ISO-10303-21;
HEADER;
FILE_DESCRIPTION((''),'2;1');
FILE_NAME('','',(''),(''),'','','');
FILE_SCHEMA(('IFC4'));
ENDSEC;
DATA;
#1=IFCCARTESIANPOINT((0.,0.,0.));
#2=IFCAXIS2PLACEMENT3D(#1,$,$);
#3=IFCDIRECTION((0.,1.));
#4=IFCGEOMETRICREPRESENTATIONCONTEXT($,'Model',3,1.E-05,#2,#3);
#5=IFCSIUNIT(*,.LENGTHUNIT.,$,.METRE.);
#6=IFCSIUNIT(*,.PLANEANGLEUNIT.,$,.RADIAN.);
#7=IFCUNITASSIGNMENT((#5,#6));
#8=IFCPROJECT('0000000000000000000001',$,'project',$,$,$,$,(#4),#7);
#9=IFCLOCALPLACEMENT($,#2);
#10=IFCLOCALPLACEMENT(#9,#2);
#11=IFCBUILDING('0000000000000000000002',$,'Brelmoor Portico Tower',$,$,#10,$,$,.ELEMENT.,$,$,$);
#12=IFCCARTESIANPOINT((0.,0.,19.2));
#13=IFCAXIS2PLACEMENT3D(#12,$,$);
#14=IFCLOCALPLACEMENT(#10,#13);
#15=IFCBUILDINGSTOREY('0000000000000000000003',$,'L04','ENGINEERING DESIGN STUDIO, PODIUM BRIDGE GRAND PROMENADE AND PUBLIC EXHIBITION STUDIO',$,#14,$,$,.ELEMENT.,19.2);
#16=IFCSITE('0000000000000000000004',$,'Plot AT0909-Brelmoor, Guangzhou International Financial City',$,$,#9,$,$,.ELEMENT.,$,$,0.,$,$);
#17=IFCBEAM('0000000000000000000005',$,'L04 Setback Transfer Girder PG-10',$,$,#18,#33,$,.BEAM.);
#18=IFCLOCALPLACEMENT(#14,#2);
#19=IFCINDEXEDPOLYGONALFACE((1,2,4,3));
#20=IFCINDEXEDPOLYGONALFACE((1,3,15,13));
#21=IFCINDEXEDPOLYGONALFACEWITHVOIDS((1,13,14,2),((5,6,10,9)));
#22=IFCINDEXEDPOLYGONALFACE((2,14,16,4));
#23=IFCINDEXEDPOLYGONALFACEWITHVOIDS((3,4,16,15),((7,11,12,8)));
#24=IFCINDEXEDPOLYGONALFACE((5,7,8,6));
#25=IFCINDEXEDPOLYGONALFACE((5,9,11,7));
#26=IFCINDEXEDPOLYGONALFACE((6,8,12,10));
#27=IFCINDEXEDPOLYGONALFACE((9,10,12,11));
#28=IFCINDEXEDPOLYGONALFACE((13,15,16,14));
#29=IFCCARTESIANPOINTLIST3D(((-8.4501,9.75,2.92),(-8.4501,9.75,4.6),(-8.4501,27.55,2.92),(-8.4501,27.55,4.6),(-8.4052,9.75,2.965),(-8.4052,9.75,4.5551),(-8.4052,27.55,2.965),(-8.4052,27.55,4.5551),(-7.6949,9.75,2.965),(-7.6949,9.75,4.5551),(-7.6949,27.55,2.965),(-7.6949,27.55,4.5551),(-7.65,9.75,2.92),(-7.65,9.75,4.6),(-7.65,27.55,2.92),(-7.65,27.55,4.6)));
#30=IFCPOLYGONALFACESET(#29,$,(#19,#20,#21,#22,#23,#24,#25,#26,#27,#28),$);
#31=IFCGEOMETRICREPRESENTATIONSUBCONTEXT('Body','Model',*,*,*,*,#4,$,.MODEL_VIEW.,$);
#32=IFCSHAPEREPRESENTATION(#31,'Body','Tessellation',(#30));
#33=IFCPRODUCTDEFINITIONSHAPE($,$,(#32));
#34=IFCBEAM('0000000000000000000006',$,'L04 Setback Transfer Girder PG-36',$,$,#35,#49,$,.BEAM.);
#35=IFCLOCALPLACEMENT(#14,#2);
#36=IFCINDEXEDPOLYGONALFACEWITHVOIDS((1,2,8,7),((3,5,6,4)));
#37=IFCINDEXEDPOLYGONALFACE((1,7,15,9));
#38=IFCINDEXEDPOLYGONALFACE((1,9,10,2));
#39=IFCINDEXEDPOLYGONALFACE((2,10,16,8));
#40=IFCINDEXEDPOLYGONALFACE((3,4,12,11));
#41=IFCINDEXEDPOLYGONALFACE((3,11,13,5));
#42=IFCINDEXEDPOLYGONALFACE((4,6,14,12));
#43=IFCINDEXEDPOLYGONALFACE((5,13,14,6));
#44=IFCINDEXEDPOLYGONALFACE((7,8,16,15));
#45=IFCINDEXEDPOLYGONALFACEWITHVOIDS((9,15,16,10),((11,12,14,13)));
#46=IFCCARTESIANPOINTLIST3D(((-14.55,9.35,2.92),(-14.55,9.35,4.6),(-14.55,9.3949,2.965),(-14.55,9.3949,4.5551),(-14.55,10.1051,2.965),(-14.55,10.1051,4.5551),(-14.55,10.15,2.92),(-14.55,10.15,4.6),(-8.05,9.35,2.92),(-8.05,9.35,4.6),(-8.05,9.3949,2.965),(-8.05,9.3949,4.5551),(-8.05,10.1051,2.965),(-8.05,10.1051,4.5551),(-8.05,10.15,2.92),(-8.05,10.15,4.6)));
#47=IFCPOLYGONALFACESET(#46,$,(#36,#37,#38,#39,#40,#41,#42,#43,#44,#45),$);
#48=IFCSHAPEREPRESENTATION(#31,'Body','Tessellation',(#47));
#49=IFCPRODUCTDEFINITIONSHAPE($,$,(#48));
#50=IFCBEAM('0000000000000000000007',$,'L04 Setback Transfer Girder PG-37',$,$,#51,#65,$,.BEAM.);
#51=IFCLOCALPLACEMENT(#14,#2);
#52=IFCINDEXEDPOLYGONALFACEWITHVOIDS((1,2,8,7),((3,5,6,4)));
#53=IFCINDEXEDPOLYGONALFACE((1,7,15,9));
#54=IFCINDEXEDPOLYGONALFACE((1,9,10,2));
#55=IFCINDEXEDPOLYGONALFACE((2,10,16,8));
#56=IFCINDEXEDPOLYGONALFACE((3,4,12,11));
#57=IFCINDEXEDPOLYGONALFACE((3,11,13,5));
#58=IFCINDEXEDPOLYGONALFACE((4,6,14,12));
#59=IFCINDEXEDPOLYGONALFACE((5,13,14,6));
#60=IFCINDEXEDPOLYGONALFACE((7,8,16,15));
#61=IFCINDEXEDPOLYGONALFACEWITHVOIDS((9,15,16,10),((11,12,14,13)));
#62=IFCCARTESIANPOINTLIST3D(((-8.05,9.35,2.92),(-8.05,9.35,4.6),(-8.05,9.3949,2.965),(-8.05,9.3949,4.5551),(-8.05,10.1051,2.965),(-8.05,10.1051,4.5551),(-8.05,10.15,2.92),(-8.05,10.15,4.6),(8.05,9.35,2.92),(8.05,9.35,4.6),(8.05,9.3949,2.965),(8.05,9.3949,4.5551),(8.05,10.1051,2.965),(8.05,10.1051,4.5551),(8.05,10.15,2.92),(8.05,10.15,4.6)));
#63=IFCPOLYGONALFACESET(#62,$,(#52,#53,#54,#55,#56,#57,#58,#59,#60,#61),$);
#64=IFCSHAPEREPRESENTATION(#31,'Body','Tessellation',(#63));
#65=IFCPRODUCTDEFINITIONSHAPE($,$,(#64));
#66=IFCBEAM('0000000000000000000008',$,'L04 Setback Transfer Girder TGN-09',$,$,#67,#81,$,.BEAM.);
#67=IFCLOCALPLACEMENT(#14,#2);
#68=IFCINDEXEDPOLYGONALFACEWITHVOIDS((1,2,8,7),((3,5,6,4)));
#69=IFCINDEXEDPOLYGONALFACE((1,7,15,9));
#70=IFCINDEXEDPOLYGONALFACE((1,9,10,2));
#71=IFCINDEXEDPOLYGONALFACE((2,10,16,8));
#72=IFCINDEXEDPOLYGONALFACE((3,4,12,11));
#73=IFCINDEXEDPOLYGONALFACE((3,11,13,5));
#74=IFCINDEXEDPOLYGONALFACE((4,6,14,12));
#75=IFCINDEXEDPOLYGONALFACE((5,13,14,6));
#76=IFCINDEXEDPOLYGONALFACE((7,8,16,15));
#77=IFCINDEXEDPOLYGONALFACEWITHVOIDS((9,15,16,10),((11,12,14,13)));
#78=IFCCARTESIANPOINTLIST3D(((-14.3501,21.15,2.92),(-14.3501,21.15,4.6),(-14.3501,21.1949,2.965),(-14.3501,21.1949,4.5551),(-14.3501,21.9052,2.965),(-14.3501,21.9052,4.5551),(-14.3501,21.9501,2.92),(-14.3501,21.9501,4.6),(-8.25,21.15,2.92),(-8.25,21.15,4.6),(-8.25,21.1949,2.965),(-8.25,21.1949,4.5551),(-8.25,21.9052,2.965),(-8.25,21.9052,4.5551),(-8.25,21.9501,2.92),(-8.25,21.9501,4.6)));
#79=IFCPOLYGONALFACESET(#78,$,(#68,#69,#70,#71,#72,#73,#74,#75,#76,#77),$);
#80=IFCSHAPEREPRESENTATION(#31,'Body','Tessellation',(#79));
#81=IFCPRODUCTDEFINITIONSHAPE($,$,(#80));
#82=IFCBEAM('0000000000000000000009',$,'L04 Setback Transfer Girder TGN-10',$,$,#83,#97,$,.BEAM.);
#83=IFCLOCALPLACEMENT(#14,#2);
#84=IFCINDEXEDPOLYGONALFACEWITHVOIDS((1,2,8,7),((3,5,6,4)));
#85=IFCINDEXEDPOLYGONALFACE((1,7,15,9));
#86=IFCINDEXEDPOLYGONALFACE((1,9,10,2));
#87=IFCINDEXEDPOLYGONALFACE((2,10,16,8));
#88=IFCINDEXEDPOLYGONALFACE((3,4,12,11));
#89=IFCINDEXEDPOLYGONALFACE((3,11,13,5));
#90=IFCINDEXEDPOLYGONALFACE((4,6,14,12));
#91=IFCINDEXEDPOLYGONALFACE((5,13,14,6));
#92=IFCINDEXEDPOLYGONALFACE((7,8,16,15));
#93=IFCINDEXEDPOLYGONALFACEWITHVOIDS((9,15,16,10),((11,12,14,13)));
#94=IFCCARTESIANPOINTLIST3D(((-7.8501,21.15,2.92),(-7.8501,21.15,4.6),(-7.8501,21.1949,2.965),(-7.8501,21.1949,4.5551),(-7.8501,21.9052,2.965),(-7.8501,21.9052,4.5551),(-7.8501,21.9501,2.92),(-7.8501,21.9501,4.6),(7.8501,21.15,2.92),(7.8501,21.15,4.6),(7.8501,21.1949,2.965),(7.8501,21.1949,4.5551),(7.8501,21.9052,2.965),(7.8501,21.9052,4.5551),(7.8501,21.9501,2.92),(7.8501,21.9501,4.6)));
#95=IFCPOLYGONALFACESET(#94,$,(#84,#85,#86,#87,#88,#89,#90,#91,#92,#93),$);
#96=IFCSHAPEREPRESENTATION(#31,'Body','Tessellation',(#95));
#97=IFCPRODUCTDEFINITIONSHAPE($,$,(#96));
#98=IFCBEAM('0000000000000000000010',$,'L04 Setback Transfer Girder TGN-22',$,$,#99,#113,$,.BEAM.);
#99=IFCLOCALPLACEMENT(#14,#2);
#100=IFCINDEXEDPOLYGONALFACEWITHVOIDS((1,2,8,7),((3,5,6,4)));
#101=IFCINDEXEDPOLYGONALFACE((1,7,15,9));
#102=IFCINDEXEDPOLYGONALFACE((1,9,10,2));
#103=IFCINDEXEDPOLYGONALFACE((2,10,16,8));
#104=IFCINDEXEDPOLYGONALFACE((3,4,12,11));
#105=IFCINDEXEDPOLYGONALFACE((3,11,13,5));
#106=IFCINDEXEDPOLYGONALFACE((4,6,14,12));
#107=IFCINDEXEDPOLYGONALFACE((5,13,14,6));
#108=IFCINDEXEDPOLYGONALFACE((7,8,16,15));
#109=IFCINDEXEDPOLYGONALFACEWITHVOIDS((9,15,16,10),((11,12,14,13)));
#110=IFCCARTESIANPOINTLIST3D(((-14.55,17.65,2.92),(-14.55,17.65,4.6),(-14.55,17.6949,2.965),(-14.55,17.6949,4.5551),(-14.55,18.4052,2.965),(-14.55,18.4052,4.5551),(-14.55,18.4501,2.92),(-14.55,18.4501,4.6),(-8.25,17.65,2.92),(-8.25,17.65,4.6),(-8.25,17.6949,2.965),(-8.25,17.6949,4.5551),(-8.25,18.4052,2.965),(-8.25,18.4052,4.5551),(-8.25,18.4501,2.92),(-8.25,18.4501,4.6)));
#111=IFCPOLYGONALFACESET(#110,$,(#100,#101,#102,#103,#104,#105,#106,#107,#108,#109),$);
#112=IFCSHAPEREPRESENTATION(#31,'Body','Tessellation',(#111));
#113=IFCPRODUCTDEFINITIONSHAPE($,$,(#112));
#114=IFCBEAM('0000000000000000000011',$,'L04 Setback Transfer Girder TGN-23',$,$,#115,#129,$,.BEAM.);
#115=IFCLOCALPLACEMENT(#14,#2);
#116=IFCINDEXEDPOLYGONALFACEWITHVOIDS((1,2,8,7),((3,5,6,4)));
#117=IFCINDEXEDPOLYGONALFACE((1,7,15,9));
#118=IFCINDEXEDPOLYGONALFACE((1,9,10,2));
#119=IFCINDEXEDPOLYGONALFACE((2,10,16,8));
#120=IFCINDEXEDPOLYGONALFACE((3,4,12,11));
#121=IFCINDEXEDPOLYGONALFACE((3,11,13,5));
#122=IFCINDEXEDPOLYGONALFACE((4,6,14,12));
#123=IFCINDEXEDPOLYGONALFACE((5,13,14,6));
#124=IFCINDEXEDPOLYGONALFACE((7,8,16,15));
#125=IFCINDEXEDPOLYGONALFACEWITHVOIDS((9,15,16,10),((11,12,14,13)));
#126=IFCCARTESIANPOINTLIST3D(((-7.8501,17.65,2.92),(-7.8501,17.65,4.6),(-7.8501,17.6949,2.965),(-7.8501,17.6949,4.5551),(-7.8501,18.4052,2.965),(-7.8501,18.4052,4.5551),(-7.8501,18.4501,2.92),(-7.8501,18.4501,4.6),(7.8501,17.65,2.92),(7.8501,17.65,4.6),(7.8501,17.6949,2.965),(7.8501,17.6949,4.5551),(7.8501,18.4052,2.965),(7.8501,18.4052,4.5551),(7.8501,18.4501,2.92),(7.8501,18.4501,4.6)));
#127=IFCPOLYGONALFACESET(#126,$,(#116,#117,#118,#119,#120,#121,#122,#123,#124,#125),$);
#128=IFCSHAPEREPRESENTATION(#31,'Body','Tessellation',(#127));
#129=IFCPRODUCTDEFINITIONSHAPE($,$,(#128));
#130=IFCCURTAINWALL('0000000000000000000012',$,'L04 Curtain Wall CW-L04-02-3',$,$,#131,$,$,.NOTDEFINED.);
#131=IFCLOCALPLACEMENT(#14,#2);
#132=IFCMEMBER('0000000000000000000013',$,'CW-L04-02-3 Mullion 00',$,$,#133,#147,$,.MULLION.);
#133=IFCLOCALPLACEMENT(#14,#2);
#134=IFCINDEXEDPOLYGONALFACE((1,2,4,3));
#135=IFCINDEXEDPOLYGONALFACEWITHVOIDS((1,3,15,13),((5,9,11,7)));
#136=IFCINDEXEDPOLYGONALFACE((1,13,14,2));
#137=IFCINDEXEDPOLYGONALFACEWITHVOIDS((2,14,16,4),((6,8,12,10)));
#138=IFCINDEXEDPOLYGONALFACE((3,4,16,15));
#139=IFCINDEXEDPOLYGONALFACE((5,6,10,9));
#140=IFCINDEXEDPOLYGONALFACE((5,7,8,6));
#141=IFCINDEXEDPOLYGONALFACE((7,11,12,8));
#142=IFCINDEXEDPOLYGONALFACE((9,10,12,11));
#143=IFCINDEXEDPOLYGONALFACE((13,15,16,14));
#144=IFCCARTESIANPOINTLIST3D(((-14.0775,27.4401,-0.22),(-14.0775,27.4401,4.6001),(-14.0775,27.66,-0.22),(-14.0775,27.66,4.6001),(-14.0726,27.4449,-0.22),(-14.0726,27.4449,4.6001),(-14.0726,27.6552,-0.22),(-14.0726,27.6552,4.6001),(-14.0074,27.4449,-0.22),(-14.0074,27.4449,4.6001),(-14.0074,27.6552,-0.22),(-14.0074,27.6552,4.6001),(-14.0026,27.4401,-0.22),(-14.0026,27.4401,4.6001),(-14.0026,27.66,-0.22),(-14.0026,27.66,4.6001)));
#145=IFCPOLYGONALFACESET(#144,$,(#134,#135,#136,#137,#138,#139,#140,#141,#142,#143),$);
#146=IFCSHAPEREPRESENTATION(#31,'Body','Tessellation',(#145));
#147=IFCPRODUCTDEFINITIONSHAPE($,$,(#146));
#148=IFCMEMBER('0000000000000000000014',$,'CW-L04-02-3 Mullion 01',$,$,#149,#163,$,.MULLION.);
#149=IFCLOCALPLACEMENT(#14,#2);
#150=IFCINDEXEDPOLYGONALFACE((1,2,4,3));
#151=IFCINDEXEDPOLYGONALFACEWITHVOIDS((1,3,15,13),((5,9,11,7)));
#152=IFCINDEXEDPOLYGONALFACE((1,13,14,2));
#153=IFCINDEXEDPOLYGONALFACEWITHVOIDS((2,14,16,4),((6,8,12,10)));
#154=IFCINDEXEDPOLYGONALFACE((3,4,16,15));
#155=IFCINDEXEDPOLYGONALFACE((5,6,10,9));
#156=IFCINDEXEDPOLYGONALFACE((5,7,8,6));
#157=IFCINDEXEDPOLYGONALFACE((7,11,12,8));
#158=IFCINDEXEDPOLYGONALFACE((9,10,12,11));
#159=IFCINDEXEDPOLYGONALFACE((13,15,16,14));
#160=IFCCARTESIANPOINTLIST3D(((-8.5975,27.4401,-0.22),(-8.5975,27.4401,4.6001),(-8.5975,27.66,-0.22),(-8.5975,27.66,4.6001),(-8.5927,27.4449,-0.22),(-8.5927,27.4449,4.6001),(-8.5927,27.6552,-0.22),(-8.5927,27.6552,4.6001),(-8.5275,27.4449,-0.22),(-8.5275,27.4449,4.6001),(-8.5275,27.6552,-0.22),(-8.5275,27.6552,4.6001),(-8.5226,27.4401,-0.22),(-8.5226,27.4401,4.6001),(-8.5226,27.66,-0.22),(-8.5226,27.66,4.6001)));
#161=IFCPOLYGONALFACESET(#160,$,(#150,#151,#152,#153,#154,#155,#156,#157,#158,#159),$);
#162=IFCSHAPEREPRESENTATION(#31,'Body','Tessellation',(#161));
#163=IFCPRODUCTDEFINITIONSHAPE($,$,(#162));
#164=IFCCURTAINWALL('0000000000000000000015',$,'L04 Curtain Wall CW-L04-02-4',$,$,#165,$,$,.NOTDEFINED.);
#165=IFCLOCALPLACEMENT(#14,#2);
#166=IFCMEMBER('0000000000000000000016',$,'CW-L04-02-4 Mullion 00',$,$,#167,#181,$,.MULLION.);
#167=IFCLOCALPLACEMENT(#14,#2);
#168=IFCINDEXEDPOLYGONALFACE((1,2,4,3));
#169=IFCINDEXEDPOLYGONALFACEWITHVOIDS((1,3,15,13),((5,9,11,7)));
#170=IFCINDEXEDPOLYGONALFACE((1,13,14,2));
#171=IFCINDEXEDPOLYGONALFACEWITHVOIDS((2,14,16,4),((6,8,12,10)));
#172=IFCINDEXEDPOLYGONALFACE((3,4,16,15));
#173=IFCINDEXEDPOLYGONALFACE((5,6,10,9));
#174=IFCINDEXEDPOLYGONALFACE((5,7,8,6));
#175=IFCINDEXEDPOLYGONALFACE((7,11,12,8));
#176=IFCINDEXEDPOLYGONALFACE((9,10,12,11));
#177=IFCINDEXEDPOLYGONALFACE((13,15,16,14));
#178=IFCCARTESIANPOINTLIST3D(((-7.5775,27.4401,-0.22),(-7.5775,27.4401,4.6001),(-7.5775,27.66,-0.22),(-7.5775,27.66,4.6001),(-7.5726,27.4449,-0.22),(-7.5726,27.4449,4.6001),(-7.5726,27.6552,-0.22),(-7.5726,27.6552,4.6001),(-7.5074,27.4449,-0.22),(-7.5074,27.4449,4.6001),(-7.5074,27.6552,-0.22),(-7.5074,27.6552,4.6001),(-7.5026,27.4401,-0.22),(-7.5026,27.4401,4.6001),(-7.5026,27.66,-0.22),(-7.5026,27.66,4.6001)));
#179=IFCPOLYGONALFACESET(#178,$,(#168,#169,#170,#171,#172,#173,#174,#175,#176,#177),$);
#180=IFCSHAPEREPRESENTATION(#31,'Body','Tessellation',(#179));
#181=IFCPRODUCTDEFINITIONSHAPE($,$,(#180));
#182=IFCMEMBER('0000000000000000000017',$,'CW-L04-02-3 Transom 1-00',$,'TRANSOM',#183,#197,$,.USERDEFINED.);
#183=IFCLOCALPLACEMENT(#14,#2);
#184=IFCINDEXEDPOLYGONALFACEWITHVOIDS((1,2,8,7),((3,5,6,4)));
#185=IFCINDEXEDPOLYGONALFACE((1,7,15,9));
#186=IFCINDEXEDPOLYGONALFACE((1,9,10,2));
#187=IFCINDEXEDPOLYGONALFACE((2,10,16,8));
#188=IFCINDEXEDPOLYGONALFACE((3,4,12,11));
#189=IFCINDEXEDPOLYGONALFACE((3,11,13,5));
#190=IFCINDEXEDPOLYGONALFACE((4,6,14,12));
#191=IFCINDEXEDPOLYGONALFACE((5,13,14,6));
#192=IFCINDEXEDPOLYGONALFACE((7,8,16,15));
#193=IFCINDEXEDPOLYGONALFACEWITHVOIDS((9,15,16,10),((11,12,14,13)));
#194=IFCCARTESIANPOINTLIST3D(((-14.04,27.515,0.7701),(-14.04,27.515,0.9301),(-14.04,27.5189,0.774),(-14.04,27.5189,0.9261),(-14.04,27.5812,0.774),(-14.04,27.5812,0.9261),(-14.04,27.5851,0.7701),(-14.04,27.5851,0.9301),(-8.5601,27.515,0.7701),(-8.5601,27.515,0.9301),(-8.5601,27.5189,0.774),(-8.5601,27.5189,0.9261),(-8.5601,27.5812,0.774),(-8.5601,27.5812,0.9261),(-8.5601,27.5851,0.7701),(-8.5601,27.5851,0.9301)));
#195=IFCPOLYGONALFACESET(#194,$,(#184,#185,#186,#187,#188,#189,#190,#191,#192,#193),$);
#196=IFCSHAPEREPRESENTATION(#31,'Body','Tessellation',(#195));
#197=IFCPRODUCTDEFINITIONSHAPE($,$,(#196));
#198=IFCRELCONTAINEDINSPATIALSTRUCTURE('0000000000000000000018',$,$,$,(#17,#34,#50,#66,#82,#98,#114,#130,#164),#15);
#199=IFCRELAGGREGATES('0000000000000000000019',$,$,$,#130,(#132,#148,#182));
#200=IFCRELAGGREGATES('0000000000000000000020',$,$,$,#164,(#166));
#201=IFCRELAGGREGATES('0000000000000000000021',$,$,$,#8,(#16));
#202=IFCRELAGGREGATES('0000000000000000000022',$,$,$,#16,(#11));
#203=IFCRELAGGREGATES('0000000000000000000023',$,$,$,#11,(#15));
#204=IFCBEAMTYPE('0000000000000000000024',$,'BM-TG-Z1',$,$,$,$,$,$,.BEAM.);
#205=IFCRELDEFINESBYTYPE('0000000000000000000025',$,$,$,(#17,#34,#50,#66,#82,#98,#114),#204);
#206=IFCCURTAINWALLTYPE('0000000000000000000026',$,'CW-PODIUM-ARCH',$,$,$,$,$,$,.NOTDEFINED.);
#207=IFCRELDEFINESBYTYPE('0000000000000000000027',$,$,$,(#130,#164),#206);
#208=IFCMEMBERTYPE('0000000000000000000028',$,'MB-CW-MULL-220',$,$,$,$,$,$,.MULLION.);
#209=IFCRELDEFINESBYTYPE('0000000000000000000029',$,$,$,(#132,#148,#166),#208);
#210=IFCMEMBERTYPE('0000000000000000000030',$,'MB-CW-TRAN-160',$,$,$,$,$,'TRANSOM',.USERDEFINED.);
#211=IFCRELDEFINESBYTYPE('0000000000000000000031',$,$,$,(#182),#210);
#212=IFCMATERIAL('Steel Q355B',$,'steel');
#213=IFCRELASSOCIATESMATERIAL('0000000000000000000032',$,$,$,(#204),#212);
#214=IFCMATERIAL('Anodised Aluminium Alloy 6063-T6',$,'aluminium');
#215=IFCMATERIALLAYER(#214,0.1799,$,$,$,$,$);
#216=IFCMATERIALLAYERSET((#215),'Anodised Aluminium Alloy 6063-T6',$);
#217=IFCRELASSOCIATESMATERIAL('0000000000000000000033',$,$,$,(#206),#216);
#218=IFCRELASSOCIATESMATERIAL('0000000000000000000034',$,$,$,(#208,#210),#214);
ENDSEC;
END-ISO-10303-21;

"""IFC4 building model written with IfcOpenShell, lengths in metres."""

from ifc_helpers import new_model, si_unit, direction, frame, origin, origin_2d, place, context, subcontext, project, spatial, hollow_rectangle, extrude, material, layer, layer_set, material_profile, profile_set, type_object, element, aggregate, save


model = new_model("IFC4")

# Units and contexts
model_context = context("Model", 3, precision=1e-05, world=origin(), true_north=direction((0.0, 1.0)))
body_context = subcontext(model_context, "Body", "Model", "MODEL_VIEW")
ifc_project = project(units=[si_unit("LENGTHUNIT", "METRE"), si_unit("PLANEANGLEUNIT", "RADIAN")], contexts=[model_context])

# Site, building, storey
site_placement = place(None, origin())
site = spatial("IfcSite", under=ifc_project, at=site_placement, Name="Plot AT0909-Brelmoor, Guangzhou International Financial City", CompositionType="ELEMENT", RefElevation=0.0)
building_placement = place(site_placement, origin())
building = spatial("IfcBuilding", under=site, at=building_placement, Name="Brelmoor Portico Tower", CompositionType="ELEMENT")
storey_placement = place(building_placement, frame((0.0, 0.0, 19.2)))
storey = spatial("IfcBuildingStorey", under=building, at=storey_placement, Name="L04", Description="ENGINEERING DESIGN STUDIO, PODIUM BRIDGE GRAND PROMENADE AND PUBLIC EXHIBITION STUDIO", CompositionType="ELEMENT", Elevation=19.2)

# Shared definitions
ifc_material_1 = material(Name="Steel Q355B", Category="steel")

# Beams
ifc_material_profile_1 = material_profile(ifc_material_1, hollow_rectangle(XDim=0.8, YDim=1.6799, WallThickness=0.0449, at=origin_2d()), Name="BOX 800x1680x45")
ifc_profile_set_1 = profile_set([ifc_material_profile_1], Name="Steel Q355B")
beam_type_1 = type_object("IfcBeamType", Name="BM-TG-Z1", PredefinedType="BEAM", material=ifc_profile_set_1)
beam_1_placement = place(storey_placement, frame((-8.05, 9.75, 3.76), z_axis=(0.0, 1.0, 0.0), x_axis=(-1.0, 0.0, 0.0)))
element("IfcBeam", 1, at=beam_1_placement, inside=storey, type_object=beam_type_1, Name="L04 Setback Transfer Girder PG-10", PredefinedType="BEAM", context=body_context, shape_type="SweptSolid", body=[
    extrude(hollow_rectangle(XDim=0.8, YDim=1.6799, WallThickness=0.0449, at=origin_2d()), origin(), (0.0, 0.0, 1.0), 17.8),
])
beam_2_placement = place(storey_placement, frame((-14.55, 9.75, 3.76), z_axis=(1.0, 0.0, 0.0), x_axis=(0.0, 1.0, 0.0)))
element("IfcBeam", 2, at=beam_2_placement, inside=storey, type_object=beam_type_1, Name="L04 Setback Transfer Girder PG-36", PredefinedType="BEAM", context=body_context, shape_type="SweptSolid", body=[
    extrude(hollow_rectangle(XDim=0.8, YDim=1.6799, WallThickness=0.0449, at=origin_2d()), origin(), (0.0, 0.0, 1.0), 6.5),
])
beam_3_placement = place(storey_placement, frame((-8.05, 9.75, 3.76), z_axis=(1.0, 0.0, 0.0), x_axis=(0.0, 1.0, 0.0)))
element("IfcBeam", 3, at=beam_3_placement, inside=storey, type_object=beam_type_1, Name="L04 Setback Transfer Girder PG-37", PredefinedType="BEAM", context=body_context, shape_type="SweptSolid", body=[
    extrude(hollow_rectangle(XDim=0.8, YDim=1.6799, WallThickness=0.0449, at=origin_2d()), origin(), (0.0, 0.0, 1.0), 16.1001),
])
beam_4_placement = place(storey_placement, frame((-14.3501, 21.55, 3.76), z_axis=(1.0, 0.0, 0.0), x_axis=(0.0, 1.0, 0.0)))
element("IfcBeam", 4, at=beam_4_placement, inside=storey, type_object=beam_type_1, Name="L04 Setback Transfer Girder TGN-09", PredefinedType="BEAM", context=body_context, shape_type="SweptSolid", body=[
    extrude(hollow_rectangle(XDim=0.8, YDim=1.6799, WallThickness=0.0449, at=origin_2d()), origin(), (0.0, 0.0, 1.0), 6.1001),
])
beam_5_placement = place(storey_placement, frame((-7.8501, 21.55, 3.76), z_axis=(1.0, 0.0, 0.0), x_axis=(0.0, 1.0, 0.0)))
element("IfcBeam", 5, at=beam_5_placement, inside=storey, type_object=beam_type_1, Name="L04 Setback Transfer Girder TGN-10", PredefinedType="BEAM", context=body_context, shape_type="SweptSolid", body=[
    extrude(hollow_rectangle(XDim=0.8, YDim=1.6799, WallThickness=0.0449, at=origin_2d()), origin(), (0.0, 0.0, 1.0), 15.7002),
])
beam_6_placement = place(storey_placement, frame((-14.55, 18.05, 3.76), z_axis=(1.0, 0.0, 0.0), x_axis=(0.0, 1.0, 0.0)))
element("IfcBeam", 6, at=beam_6_placement, inside=storey, type_object=beam_type_1, Name="L04 Setback Transfer Girder TGN-22", PredefinedType="BEAM", context=body_context, shape_type="SweptSolid", body=[
    extrude(hollow_rectangle(XDim=0.8, YDim=1.6799, WallThickness=0.0449, at=origin_2d()), origin(), (0.0, 0.0, 1.0), 6.3),
])
beam_7_placement = place(storey_placement, frame((-7.8501, 18.05, 3.76), z_axis=(1.0, 0.0, 0.0), x_axis=(0.0, 1.0, 0.0)))
element("IfcBeam", 7, at=beam_7_placement, inside=storey, type_object=beam_type_1, Name="L04 Setback Transfer Girder TGN-23", PredefinedType="BEAM", context=body_context, shape_type="SweptSolid", body=[
    extrude(hollow_rectangle(XDim=0.8, YDim=1.6799, WallThickness=0.0449, at=origin_2d()), origin(), (0.0, 0.0, 1.0), 15.7002),
])

# Curtain wall, members
ifc_material_2 = material(Name="Anodised Aluminium Alloy 6063-T6", Category="aluminium")
ifc_layer_1 = layer(ifc_material_2, 0.1799)
ifc_layer_set_1 = layer_set([ifc_layer_1], Name="Anodised Aluminium Alloy 6063-T6")
curtain_wall_type = type_object("IfcCurtainWallType", Name="CW-PODIUM-ARCH", PredefinedType="NOTDEFINED", material=ifc_layer_set_1)
curtain_wall_1_placement = place(storey_placement, origin())
curtain_wall_1 = element("IfcCurtainWall", 8, at=curtain_wall_1_placement, inside=storey, type_object=curtain_wall_type, Name="L04 Curtain Wall CW-L04-02-3", PredefinedType="NOTDEFINED")
ifc_material_profile_2 = material_profile(ifc_material_2, hollow_rectangle(XDim=0.075, YDim=0.22, WallThickness=0.0049, at=origin_2d()), Name="ALU MULLION 75x220")
ifc_profile_set_2 = profile_set([ifc_material_profile_2], Name="Anodised Aluminium Alloy 6063-T6")
member_type_1 = type_object("IfcMemberType", Name="MB-CW-MULL-220", PredefinedType="MULLION", material=ifc_profile_set_2)
member_1_placement = place(storey_placement, frame((-14.04, 27.55, -0.22), z_axis=(0.0, 0.0, 1.0), x_axis=(1.0, 0.0, 0.0)))
member_1 = element("IfcMember", 9, at=member_1_placement, type_object=member_type_1, Name="CW-L04-02-3 Mullion 00", PredefinedType="MULLION", context=body_context, shape_type="SweptSolid", body=[
    extrude(hollow_rectangle(XDim=0.075, YDim=0.22, WallThickness=0.0049, at=origin_2d()), origin(), (0.0, 0.0, 1.0), 4.8201),
])
member_2_placement = place(storey_placement, frame((-8.5601, 27.55, -0.22), z_axis=(0.0, 0.0, 1.0), x_axis=(1.0, 0.0, 0.0)))
member_2 = element("IfcMember", 10, at=member_2_placement, type_object=member_type_1, Name="CW-L04-02-3 Mullion 01", PredefinedType="MULLION", context=body_context, shape_type="SweptSolid", body=[
    extrude(hollow_rectangle(XDim=0.075, YDim=0.22, WallThickness=0.0049, at=origin_2d()), origin(), (0.0, 0.0, 1.0), 4.8201),
])

# Curtain wall, member
curtain_wall_2_placement = place(storey_placement, origin())
curtain_wall_2 = element("IfcCurtainWall", 11, at=curtain_wall_2_placement, inside=storey, type_object=curtain_wall_type, Name="L04 Curtain Wall CW-L04-02-4", PredefinedType="NOTDEFINED")
member_3_placement = place(storey_placement, frame((-7.54, 27.55, -0.22), z_axis=(0.0, 0.0, 1.0), x_axis=(1.0, 0.0, 0.0)))
member_3 = element("IfcMember", 12, at=member_3_placement, type_object=member_type_1, Name="CW-L04-02-4 Mullion 00", PredefinedType="MULLION", context=body_context, shape_type="SweptSolid", body=[
    extrude(hollow_rectangle(XDim=0.075, YDim=0.22, WallThickness=0.0049, at=origin_2d()), origin(), (0.0, 0.0, 1.0), 4.8201),
])

# Member
ifc_material_profile_3 = material_profile(ifc_material_2, hollow_rectangle(XDim=0.0701, YDim=0.1599, WallThickness=0.0039, at=origin_2d()), Name="ALU TRANSOM 70x160")
ifc_profile_set_3 = profile_set([ifc_material_profile_3], Name="Anodised Aluminium Alloy 6063-T6")
member_type_2 = type_object("IfcMemberType", Name="MB-CW-TRAN-160", ElementType="TRANSOM", PredefinedType="USERDEFINED", material=ifc_profile_set_3)
member_4_placement = place(storey_placement, frame((-14.04, 27.55, 0.8501), z_axis=(1.0, 0.0, 0.0), x_axis=(0.0, 1.0, 0.0)))
member_4 = element("IfcMember", 13, at=member_4_placement, type_object=member_type_2, Name="CW-L04-02-3 Transom 1-00", ObjectType="TRANSOM", PredefinedType="USERDEFINED", context=body_context, shape_type="SweptSolid", body=[
    extrude(hollow_rectangle(XDim=0.0701, YDim=0.1599, WallThickness=0.0039, at=origin_2d()), origin(), (0.0, 0.0, 1.0), 5.48),
])

aggregate(curtain_wall_1, [member_1, member_2, member_4])
aggregate(curtain_wall_2, [member_3])

save(model, "model.ifc")
